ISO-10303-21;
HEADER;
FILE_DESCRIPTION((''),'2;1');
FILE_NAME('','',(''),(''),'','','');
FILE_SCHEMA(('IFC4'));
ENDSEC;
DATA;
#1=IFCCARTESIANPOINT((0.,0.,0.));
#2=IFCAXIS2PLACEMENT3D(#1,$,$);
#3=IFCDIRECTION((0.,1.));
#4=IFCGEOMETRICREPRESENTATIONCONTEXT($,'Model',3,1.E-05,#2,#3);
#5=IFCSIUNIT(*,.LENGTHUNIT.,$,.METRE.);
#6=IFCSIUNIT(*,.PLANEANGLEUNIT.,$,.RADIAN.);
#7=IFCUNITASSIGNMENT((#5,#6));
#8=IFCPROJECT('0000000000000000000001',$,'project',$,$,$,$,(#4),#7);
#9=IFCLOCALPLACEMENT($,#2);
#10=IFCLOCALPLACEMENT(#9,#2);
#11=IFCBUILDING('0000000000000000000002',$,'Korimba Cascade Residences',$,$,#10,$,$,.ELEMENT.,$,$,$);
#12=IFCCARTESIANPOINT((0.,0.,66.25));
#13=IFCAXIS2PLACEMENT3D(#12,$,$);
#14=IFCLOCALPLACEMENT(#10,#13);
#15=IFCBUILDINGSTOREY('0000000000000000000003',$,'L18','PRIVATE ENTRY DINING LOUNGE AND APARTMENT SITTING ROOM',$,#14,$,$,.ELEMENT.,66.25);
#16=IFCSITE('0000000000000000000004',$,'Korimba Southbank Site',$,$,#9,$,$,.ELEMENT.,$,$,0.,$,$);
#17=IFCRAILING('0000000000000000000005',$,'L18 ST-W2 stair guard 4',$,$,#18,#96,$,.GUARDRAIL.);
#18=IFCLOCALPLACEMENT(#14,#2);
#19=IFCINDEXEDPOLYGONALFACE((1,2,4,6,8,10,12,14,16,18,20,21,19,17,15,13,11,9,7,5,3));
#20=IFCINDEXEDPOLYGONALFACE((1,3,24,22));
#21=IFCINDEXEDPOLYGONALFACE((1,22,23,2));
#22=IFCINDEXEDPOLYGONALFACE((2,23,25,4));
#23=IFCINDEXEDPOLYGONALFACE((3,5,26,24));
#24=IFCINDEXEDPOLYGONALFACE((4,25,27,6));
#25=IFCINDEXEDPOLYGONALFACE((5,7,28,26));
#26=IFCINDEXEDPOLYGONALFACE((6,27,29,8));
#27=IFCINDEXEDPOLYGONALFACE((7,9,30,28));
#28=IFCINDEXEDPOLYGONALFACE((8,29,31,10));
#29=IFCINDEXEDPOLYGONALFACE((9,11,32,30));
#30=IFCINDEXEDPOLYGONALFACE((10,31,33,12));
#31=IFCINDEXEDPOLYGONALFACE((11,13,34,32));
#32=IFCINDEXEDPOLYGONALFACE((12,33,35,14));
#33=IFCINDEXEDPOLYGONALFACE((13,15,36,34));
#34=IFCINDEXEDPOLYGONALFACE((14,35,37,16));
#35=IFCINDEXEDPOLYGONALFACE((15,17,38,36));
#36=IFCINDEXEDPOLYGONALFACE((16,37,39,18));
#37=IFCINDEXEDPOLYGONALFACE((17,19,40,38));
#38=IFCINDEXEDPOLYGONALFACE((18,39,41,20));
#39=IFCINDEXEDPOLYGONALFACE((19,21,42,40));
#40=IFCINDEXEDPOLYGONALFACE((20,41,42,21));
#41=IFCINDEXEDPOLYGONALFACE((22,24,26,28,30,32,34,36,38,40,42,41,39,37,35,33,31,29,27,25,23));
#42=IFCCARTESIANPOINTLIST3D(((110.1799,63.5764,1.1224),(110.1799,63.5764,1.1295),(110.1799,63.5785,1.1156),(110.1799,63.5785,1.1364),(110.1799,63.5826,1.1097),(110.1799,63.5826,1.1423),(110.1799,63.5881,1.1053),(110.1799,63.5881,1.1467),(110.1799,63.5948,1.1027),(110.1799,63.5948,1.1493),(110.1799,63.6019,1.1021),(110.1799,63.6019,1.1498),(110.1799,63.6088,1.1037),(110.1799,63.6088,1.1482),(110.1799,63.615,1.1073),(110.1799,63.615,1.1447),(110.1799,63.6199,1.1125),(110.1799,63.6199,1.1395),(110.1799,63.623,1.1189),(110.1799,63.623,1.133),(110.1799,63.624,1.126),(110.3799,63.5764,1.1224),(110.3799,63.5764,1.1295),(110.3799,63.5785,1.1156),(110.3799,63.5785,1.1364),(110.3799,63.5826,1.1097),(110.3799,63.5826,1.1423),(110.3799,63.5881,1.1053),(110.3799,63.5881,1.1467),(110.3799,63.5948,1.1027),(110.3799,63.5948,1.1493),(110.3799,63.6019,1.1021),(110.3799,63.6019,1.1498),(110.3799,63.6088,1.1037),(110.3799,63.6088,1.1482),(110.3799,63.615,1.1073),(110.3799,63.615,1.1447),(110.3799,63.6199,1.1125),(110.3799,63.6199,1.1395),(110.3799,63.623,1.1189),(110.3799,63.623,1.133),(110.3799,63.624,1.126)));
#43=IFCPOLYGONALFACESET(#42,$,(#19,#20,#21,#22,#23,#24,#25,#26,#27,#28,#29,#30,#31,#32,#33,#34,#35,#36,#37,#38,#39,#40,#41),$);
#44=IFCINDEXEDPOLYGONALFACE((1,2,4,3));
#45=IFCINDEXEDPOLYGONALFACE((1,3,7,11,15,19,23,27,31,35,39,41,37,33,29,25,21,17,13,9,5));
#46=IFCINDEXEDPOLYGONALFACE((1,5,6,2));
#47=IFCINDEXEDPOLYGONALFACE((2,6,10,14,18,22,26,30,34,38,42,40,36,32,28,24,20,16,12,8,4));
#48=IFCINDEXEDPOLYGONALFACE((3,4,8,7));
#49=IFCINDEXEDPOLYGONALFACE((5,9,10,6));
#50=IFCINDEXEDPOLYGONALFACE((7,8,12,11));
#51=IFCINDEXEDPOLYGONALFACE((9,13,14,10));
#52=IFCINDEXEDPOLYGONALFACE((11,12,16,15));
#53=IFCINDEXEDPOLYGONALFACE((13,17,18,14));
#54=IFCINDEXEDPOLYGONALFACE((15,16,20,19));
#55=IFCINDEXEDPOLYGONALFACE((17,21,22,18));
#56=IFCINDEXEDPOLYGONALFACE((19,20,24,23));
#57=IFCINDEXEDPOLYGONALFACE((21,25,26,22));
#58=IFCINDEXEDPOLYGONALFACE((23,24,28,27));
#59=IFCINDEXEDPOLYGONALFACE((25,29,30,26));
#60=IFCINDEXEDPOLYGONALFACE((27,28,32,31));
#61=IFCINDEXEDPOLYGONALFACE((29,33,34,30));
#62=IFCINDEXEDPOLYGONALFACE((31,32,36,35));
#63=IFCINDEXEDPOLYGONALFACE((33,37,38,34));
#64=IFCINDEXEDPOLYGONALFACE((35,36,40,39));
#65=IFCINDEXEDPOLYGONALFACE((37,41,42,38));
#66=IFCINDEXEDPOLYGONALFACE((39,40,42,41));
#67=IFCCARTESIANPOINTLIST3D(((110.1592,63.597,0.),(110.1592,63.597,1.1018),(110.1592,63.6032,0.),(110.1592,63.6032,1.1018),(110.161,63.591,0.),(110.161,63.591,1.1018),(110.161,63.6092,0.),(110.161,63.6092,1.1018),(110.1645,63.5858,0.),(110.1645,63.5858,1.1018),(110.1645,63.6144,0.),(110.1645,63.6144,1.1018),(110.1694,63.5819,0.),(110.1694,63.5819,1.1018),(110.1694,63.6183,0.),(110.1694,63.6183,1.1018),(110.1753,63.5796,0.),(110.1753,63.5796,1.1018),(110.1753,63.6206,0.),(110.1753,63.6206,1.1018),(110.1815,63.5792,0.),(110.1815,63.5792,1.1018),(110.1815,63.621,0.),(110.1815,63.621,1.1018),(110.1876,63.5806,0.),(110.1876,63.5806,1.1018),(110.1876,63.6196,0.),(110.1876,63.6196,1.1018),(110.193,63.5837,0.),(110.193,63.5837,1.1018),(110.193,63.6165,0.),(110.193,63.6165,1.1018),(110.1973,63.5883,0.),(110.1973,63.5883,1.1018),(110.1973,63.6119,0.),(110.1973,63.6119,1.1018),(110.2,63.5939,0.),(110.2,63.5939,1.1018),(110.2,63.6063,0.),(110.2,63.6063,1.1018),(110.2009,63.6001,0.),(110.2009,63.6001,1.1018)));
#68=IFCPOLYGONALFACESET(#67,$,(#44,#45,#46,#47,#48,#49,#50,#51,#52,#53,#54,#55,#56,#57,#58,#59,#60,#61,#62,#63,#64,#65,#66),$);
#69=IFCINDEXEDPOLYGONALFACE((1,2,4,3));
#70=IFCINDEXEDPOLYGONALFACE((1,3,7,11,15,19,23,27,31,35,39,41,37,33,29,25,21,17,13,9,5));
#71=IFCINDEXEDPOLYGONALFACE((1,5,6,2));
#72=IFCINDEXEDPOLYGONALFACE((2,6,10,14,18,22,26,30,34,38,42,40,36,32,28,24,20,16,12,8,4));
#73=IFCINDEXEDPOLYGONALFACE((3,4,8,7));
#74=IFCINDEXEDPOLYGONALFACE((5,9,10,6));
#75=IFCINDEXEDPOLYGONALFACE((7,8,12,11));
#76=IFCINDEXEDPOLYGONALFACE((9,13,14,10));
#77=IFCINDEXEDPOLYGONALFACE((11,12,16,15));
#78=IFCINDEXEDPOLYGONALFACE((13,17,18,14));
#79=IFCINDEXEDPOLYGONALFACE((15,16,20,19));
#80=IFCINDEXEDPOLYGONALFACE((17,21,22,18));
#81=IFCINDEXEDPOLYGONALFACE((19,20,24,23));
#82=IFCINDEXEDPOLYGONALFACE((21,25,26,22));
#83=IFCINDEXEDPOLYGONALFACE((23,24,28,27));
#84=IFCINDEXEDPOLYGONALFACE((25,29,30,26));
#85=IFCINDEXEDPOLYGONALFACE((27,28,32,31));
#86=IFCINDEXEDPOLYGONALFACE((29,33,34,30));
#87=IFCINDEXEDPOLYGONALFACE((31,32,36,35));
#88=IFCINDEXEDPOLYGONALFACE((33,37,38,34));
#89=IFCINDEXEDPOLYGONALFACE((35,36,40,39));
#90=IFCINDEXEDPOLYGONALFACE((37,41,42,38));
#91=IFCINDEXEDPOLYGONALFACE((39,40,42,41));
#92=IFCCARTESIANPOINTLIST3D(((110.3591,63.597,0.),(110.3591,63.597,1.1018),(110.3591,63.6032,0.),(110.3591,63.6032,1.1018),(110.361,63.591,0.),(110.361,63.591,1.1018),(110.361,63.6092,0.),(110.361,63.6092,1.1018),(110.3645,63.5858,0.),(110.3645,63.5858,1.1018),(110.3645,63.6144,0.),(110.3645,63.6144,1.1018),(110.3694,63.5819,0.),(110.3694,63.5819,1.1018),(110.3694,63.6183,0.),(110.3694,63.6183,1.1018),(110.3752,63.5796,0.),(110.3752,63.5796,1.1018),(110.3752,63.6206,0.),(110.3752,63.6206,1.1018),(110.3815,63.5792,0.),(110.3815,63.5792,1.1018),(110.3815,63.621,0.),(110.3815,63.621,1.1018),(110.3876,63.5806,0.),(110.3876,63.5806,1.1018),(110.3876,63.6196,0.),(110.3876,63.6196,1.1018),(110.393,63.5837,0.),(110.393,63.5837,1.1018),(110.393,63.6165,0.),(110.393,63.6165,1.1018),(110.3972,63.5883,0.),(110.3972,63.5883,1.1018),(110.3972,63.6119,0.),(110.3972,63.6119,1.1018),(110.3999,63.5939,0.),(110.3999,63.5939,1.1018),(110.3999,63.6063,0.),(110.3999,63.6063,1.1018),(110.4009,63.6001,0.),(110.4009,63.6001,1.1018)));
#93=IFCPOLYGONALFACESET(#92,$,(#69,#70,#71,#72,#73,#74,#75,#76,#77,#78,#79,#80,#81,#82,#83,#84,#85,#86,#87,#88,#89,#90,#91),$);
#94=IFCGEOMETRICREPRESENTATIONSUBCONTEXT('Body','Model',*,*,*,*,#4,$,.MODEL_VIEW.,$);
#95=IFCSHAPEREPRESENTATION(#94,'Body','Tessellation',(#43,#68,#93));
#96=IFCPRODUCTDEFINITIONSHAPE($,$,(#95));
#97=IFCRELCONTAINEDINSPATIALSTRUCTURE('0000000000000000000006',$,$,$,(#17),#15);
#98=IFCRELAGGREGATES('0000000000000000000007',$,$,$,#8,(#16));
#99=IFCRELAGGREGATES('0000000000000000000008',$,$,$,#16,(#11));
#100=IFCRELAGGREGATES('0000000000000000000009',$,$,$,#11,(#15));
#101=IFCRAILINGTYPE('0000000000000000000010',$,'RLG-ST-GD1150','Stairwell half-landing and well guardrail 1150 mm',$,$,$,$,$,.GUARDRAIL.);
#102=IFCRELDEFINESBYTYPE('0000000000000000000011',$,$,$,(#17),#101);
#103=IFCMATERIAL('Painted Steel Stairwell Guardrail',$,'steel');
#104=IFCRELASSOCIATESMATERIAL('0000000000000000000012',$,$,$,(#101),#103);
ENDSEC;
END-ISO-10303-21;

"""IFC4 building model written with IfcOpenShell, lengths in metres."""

from ifc_helpers import new_model, si_unit, direction, frame, origin, origin_2d, place, context, subcontext, project, spatial, circle, extrude, material, type_object, element, save


model = new_model("IFC4")

# Units and contexts
model_context = context("Model", 3, precision=1e-05, world=origin(), true_north=direction((0.0, 1.0)))
body_context = subcontext(model_context, "Body", "Model", "MODEL_VIEW")
ifc_project = project(units=[si_unit("LENGTHUNIT", "METRE"), si_unit("PLANEANGLEUNIT", "RADIAN")], contexts=[model_context])

# Site, building, storey
site_placement = place(None, origin())
site = spatial("IfcSite", under=ifc_project, at=site_placement, Name="Korimba Southbank Site", CompositionType="ELEMENT", RefElevation=0.0)
building_placement = place(site_placement, origin())
building = spatial("IfcBuilding", under=site, at=building_placement, Name="Korimba Cascade Residences", CompositionType="ELEMENT")
storey_placement = place(building_placement, frame((0.0, 0.0, 66.25)))
storey = spatial("IfcBuildingStorey", under=building, at=storey_placement, Name="L18", Description="PRIVATE ENTRY DINING LOUNGE AND APARTMENT SITTING ROOM", CompositionType="ELEMENT", Elevation=66.25)

# Railing
ifc_material_1 = material(Name="Painted Steel Stairwell Guardrail", Category="steel")
railing_type_1 = type_object("IfcRailingType", Name="RLG-ST-GD1150", Description="Stairwell half-landing and well guardrail 1150 mm", PredefinedType="GUARDRAIL", material=ifc_material_1)
railing_1_placement = place(storey_placement, frame((110.1799, 63.6001, 0.0)))
element("IfcRailing", 1, at=railing_1_placement, inside=storey, type_object=railing_type_1, Name="L18 ST-W2 stair guard 4", PredefinedType="GUARDRAIL", context=body_context, shape_type="SweptSolid", body=[
    extrude(circle(Radius=0.0239, at=origin_2d()), frame((0.0, 0.0, 1.126), z_axis=(1.0, 0.0, 0.0), x_axis=(0.0, 1.0, 0.0)), (0.0, 0.0, 1.0), 0.2),
    extrude(circle(Radius=0.021, at=origin_2d()), origin(), (0.0, 0.0, 1.0), 1.1018),
    extrude(circle(Radius=0.021, at=origin_2d()), frame((0.2, 0.0, 0.0)), (0.0, 0.0, 1.0), 1.1018),
])

save(model, "model.ifc")
